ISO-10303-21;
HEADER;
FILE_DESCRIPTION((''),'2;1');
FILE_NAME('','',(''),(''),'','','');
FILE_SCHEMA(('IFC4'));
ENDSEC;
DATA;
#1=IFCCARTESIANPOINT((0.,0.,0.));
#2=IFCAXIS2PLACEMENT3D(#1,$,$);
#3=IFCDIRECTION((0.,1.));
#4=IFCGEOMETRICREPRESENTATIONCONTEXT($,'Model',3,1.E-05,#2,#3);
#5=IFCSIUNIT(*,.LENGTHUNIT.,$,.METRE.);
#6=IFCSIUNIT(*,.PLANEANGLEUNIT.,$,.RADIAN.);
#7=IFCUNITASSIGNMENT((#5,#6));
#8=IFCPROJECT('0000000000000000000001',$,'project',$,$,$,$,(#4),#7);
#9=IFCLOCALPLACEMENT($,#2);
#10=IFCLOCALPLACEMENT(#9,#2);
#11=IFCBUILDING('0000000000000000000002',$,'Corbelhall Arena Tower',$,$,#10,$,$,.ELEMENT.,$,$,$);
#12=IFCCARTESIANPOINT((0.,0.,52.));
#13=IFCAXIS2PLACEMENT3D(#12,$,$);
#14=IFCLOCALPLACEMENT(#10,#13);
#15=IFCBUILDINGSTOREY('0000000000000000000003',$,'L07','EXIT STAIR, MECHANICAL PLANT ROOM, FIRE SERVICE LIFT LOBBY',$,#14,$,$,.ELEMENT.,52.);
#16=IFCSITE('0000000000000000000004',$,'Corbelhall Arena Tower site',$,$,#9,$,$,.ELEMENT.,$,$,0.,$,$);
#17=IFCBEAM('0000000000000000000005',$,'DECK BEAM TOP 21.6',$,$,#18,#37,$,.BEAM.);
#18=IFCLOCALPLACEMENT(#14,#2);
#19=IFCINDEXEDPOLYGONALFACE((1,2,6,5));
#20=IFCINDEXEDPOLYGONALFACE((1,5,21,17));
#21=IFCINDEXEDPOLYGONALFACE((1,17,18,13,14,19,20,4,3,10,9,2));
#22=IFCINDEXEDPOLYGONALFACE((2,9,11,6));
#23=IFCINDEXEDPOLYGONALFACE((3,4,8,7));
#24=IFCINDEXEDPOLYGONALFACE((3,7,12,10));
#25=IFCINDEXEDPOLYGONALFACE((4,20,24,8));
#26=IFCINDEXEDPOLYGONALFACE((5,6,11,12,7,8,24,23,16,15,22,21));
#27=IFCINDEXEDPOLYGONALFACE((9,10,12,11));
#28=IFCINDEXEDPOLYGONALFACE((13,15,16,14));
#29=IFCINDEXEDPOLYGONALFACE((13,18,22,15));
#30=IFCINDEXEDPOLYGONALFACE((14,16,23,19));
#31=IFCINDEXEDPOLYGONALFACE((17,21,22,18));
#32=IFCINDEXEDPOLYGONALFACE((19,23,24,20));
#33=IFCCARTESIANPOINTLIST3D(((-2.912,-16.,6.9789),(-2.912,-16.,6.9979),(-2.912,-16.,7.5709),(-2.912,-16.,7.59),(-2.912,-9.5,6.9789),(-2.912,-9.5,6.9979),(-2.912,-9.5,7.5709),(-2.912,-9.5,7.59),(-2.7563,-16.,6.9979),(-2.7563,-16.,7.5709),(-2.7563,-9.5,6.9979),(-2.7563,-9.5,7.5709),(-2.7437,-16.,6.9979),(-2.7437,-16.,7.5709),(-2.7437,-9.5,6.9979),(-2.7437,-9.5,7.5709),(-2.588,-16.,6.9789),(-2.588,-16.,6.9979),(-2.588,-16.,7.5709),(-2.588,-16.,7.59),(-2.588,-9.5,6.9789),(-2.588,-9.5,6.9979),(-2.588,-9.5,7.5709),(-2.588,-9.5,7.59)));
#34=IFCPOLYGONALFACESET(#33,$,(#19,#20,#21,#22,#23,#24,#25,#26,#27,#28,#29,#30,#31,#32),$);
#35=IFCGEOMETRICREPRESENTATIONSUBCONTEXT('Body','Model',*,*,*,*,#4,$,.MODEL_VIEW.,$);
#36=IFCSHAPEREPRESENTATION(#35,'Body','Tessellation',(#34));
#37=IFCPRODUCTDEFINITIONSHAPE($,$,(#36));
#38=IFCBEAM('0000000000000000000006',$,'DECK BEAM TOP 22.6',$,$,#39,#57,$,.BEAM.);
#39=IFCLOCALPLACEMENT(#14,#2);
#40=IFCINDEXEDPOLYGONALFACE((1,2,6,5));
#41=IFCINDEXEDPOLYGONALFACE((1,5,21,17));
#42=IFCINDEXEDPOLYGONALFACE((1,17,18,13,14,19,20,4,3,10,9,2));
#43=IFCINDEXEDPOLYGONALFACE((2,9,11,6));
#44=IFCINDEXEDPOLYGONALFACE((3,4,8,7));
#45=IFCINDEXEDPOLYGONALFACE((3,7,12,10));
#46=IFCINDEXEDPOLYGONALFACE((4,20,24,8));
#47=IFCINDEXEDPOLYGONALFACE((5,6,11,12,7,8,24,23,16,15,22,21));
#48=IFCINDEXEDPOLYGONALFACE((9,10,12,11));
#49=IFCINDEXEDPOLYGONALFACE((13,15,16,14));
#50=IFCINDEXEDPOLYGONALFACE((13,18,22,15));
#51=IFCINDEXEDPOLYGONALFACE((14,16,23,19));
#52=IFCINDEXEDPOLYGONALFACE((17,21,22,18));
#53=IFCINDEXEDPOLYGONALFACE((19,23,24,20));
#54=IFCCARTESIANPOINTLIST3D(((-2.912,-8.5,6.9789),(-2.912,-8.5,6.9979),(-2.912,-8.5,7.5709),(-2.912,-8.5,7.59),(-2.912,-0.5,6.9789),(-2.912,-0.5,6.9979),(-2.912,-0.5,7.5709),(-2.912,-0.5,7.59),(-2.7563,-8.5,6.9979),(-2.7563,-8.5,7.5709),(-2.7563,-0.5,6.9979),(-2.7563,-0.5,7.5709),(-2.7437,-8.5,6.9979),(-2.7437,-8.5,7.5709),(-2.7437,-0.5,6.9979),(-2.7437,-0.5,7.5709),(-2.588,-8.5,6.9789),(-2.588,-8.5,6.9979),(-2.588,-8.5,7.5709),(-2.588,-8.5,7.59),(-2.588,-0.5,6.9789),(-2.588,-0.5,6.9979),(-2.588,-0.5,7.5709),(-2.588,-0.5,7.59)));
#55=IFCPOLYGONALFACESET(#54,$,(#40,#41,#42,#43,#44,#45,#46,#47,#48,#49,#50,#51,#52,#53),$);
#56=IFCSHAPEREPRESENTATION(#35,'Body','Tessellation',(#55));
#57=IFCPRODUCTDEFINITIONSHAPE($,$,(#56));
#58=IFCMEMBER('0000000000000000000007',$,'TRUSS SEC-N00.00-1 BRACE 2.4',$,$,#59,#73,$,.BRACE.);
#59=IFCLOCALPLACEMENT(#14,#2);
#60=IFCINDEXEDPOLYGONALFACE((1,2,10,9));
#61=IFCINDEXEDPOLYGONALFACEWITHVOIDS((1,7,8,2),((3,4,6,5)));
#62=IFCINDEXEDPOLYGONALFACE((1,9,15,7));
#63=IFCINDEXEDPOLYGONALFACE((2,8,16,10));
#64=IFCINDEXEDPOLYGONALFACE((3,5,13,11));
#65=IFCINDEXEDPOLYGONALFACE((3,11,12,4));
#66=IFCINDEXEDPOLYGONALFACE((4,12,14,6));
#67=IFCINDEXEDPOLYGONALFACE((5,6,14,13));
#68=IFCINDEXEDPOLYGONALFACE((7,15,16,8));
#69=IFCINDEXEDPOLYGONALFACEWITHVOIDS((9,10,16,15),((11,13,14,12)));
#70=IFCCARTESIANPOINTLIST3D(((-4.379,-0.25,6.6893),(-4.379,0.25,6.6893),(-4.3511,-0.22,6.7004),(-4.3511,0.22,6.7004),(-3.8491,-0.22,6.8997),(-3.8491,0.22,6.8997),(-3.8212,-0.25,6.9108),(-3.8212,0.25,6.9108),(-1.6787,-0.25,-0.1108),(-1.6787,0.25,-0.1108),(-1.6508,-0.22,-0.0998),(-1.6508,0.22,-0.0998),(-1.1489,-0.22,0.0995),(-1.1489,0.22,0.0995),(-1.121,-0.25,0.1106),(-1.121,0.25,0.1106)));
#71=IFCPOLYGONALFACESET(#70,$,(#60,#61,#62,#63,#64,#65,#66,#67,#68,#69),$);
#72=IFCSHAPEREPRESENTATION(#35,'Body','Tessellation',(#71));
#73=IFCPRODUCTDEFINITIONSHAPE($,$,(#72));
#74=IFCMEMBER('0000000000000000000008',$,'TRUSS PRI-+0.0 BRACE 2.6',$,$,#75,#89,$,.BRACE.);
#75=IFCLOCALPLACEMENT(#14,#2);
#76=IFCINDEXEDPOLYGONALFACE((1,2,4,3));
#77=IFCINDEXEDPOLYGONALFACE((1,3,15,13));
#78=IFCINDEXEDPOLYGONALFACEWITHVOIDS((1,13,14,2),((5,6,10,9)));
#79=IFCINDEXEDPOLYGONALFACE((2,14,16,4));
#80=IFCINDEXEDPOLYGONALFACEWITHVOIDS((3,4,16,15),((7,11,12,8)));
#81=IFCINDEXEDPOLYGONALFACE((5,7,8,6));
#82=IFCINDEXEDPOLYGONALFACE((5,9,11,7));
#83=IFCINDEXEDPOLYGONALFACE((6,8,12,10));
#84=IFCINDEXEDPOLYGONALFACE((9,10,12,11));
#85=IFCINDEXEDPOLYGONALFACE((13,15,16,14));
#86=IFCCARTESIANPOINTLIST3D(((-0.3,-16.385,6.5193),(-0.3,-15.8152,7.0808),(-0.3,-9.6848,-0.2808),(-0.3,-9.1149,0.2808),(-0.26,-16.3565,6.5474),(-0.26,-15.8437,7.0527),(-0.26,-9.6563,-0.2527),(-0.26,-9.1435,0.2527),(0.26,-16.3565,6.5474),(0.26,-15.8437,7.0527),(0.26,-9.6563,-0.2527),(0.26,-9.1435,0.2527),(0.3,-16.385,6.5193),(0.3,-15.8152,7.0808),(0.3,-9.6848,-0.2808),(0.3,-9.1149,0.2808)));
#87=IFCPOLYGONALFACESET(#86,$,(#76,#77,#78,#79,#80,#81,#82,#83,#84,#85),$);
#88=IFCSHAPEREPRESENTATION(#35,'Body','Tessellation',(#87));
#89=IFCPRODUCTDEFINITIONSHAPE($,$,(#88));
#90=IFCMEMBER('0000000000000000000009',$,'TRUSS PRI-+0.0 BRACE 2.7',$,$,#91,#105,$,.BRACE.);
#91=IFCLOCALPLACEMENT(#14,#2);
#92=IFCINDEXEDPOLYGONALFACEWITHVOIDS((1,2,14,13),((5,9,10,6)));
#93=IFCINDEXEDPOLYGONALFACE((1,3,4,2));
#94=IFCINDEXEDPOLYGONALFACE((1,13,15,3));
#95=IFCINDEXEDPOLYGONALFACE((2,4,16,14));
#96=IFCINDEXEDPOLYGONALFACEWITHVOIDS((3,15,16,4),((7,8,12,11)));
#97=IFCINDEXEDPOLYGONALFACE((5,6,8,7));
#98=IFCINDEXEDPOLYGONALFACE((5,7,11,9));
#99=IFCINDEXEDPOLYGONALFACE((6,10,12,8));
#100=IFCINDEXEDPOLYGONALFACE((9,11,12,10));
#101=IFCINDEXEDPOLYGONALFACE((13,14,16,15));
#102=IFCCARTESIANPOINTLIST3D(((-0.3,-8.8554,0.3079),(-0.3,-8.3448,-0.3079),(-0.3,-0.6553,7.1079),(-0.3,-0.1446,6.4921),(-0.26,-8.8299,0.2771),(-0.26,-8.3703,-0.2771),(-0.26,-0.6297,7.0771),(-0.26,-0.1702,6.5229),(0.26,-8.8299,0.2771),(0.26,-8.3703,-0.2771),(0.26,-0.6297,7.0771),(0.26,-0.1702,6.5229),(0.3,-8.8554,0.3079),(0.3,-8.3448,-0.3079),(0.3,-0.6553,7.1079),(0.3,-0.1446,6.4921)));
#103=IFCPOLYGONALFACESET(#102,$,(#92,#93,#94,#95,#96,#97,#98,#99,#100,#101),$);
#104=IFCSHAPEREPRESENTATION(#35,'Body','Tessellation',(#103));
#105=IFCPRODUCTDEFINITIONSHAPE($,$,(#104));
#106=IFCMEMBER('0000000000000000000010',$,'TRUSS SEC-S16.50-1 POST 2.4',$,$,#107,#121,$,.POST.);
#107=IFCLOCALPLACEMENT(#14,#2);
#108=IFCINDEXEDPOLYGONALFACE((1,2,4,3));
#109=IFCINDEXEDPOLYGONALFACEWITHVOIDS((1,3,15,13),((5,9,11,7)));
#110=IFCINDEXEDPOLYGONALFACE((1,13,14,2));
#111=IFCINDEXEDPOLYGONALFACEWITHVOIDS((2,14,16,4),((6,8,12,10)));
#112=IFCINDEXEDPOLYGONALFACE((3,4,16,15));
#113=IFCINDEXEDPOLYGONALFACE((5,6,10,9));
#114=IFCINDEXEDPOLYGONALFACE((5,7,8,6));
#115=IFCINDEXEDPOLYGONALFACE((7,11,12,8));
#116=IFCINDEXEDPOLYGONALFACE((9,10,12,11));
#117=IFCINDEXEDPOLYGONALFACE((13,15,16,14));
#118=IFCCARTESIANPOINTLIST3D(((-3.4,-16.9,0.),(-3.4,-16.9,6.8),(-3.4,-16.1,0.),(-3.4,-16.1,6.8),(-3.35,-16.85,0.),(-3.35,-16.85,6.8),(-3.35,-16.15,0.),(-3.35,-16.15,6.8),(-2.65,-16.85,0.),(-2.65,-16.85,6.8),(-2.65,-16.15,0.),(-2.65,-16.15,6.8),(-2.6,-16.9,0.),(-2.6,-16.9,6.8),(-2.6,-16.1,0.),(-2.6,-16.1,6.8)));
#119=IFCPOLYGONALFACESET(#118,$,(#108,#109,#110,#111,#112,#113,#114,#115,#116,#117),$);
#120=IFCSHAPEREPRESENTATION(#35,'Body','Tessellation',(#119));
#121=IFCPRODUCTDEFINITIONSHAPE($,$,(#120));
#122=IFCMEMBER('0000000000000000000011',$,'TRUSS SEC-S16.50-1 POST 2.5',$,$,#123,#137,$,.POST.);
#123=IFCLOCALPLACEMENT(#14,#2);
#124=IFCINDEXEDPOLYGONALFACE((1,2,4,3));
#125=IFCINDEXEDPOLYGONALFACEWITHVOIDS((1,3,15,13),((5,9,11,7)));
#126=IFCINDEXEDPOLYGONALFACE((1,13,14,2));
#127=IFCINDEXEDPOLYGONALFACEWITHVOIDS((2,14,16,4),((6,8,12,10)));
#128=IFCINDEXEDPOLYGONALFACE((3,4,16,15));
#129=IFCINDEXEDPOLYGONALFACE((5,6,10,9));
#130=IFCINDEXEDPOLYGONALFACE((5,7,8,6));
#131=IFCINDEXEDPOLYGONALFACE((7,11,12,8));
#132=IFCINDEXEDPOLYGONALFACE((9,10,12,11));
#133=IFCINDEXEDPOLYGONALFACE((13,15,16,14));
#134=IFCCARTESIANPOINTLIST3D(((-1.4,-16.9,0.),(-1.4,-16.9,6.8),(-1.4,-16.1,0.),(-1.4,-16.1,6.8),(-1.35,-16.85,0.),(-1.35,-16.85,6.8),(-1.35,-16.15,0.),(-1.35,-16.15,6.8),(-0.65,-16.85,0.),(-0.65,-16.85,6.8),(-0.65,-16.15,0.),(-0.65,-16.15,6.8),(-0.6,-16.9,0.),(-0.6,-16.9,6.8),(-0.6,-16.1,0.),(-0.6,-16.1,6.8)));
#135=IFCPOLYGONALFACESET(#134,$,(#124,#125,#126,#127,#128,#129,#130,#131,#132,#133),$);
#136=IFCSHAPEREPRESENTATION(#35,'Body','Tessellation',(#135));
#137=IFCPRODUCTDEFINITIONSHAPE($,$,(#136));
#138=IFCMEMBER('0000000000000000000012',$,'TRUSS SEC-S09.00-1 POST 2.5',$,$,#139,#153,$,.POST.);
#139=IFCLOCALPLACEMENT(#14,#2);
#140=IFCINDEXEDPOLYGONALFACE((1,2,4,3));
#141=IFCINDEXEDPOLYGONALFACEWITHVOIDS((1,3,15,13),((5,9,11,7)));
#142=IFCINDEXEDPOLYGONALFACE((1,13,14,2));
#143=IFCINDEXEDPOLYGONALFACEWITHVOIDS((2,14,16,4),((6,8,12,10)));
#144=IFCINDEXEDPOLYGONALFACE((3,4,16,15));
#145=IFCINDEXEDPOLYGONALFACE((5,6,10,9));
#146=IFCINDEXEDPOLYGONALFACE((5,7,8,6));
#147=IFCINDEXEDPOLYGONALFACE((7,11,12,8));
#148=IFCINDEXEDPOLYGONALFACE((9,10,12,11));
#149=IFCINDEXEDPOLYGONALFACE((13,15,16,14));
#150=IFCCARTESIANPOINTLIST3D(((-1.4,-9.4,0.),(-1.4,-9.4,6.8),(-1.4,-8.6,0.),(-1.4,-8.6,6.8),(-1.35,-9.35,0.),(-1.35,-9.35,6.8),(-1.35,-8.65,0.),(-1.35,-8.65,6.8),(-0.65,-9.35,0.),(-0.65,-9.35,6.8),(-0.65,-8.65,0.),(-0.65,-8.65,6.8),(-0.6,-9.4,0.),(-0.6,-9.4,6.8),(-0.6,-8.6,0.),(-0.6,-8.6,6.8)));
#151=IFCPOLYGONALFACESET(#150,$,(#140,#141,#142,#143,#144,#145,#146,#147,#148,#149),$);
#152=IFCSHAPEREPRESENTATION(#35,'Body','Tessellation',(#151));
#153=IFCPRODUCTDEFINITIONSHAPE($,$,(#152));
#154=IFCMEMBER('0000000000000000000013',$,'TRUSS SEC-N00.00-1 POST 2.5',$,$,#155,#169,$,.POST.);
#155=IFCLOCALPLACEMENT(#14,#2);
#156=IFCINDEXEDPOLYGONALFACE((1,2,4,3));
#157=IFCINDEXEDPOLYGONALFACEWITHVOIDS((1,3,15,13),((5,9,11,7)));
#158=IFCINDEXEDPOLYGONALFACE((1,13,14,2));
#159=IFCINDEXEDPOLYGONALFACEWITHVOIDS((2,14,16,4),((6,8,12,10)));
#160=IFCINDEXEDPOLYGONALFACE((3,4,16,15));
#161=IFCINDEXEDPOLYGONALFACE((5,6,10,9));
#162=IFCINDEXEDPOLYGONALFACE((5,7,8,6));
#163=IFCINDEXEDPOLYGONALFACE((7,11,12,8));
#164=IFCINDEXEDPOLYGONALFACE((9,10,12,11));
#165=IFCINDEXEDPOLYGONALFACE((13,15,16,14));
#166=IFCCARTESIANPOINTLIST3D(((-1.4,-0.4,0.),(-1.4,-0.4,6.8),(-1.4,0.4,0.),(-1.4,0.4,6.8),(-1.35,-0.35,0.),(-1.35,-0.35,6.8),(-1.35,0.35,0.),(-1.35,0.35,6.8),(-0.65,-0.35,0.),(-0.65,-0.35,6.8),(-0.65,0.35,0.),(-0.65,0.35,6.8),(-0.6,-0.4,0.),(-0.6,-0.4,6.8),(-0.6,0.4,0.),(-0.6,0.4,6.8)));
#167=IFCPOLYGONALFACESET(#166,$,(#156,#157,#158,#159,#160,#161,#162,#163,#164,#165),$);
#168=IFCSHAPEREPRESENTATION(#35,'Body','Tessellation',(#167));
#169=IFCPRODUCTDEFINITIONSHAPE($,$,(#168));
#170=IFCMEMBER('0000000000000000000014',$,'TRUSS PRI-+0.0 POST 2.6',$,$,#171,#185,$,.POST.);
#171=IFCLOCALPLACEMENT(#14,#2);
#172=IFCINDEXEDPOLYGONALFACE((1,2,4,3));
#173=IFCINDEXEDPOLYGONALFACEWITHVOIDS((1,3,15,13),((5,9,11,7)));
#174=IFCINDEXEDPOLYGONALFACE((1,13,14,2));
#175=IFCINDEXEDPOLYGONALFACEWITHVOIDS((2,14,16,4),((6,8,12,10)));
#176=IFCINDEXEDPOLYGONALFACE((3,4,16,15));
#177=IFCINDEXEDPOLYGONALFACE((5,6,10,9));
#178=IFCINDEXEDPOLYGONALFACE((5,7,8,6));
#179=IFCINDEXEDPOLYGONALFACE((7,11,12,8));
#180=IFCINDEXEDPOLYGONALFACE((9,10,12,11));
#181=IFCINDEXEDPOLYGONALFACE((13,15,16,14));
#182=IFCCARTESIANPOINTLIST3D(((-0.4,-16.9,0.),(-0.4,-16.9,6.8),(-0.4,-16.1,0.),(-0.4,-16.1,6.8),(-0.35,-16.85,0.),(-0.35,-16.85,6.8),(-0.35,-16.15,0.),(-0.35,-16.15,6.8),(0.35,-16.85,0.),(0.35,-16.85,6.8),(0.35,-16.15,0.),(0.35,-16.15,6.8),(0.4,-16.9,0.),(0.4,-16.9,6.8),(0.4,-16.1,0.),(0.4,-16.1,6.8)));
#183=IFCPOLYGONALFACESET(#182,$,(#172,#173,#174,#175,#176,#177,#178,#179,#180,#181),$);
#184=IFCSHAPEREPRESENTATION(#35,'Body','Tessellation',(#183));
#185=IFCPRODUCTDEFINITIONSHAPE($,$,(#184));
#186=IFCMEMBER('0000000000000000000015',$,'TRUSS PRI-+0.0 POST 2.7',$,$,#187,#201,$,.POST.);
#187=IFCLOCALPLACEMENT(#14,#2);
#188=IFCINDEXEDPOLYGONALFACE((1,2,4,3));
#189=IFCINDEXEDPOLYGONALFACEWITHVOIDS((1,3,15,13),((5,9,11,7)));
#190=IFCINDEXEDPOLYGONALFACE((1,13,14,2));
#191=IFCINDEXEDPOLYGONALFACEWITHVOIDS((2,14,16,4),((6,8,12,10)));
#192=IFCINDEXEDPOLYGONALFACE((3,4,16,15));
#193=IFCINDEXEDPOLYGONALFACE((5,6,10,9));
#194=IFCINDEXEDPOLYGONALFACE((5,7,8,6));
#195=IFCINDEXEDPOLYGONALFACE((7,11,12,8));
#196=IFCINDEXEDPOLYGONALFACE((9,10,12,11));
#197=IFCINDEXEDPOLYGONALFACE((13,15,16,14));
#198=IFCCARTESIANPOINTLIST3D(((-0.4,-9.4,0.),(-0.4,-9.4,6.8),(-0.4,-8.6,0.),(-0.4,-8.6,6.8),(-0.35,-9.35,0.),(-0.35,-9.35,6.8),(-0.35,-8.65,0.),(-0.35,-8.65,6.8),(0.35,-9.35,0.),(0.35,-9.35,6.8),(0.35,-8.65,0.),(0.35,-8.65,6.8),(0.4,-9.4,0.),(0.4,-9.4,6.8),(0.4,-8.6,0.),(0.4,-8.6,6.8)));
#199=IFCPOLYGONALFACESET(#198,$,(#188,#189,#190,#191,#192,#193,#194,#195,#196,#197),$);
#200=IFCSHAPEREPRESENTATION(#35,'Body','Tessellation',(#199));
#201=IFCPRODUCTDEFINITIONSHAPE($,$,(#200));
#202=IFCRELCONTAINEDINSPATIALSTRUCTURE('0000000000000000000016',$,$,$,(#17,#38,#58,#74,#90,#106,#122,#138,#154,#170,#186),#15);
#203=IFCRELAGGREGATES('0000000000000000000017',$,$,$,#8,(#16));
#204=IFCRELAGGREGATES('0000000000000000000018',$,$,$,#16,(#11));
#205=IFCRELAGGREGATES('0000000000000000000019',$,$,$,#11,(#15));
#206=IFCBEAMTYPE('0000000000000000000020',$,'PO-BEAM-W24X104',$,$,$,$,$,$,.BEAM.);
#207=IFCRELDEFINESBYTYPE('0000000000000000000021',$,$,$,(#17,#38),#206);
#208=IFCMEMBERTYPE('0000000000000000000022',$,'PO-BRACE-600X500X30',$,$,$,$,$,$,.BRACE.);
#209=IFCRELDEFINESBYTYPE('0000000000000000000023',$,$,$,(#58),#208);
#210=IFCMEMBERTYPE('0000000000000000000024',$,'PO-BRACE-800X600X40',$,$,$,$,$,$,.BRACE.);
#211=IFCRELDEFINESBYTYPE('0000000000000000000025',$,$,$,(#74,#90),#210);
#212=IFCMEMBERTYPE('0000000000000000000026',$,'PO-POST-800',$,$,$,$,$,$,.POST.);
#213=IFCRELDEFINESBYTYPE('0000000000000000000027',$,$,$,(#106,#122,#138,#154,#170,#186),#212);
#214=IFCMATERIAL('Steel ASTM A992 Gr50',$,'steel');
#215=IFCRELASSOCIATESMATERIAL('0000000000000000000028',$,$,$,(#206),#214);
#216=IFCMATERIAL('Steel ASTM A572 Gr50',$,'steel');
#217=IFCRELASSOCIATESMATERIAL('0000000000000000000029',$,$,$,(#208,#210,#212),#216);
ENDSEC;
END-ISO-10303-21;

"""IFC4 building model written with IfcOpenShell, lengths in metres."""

from ifc_helpers import new_model, si_unit, direction, frame, origin, origin_2d, place, context, subcontext, project, spatial, hollow_rectangle, i_section, extrude, material, material_profile, profile_set, type_object, element, save


model = new_model("IFC4")

# Units and contexts
model_context = context("Model", 3, precision=1e-05, world=origin(), true_north=direction((0.0, 1.0)))
body_context = subcontext(model_context, "Body", "Model", "MODEL_VIEW")
ifc_project = project(units=[si_unit("LENGTHUNIT", "METRE"), si_unit("PLANEANGLEUNIT", "RADIAN")], contexts=[model_context])

# Site, building, storey
site_placement = place(None, origin())
site = spatial("IfcSite", under=ifc_project, at=site_placement, Name="Corbelhall Arena Tower site", CompositionType="ELEMENT", RefElevation=0.0)
building_placement = place(site_placement, origin())
building = spatial("IfcBuilding", under=site, at=building_placement, Name="Corbelhall Arena Tower", CompositionType="ELEMENT")
storey_placement = place(building_placement, frame((0.0, 0.0, 52.0)))
storey = spatial("IfcBuildingStorey", under=building, at=storey_placement, Name="L07", Description="EXIT STAIR, MECHANICAL PLANT ROOM, FIRE SERVICE LIFT LOBBY", CompositionType="ELEMENT", Elevation=52.0)

# Beams
ifc_material_1 = material(Name="Steel ASTM A992 Gr50", Category="steel")
ifc_material_profile_1 = material_profile(ifc_material_1, i_section(OverallWidth=0.324, OverallDepth=0.6111, WebThickness=0.0127, FlangeThickness=0.019, at=origin_2d()))
ifc_profile_set_1 = profile_set([ifc_material_profile_1], Name="Steel ASTM A992 Gr50")
beam_type = type_object("IfcBeamType", Name="PO-BEAM-W24X104", PredefinedType="BEAM", material=ifc_profile_set_1)
beam_1_placement = place(storey_placement, frame((-2.75, -16.0, 7.2844), z_axis=(0.0, 1.0, 0.0), x_axis=(-1.0, 0.0, 0.0)))
element("IfcBeam", 1, at=beam_1_placement, inside=storey, type_object=beam_type, Name="DECK BEAM TOP 21.6", PredefinedType="BEAM", context=body_context, shape_type="SweptSolid", body=[
    extrude(i_section(OverallWidth=0.324, OverallDepth=0.6111, WebThickness=0.0127, FlangeThickness=0.019, at=origin_2d()), origin(), (0.0, 0.0, 1.0), 6.5),
])
beam_2_placement = place(storey_placement, frame((-2.75, -8.5, 7.2844), z_axis=(0.0, 1.0, 0.0), x_axis=(-1.0, 0.0, 0.0)))
element("IfcBeam", 2, at=beam_2_placement, inside=storey, type_object=beam_type, Name="DECK BEAM TOP 22.6", PredefinedType="BEAM", context=body_context, shape_type="SweptSolid", body=[
    extrude(i_section(OverallWidth=0.324, OverallDepth=0.6111, WebThickness=0.0127, FlangeThickness=0.019, at=origin_2d()), origin(), (0.0, 0.0, 1.0), 8.0),
])

# Members
ifc_material_2 = material(Name="Steel ASTM A572 Gr50", Category="steel")
ifc_material_profile_2 = material_profile(ifc_material_2, hollow_rectangle(XDim=0.5, YDim=0.6001, WallThickness=0.03, at=origin_2d()))
ifc_profile_set_2 = profile_set([ifc_material_profile_2], Name="Steel ASTM A572 Gr50")
member_type_1 = type_object("IfcMemberType", Name="PO-BRACE-600X500X30", PredefinedType="BRACE", material=ifc_profile_set_2)
member_1_placement = place(storey_placement, frame((-4.1001, 0.0, 6.8), z_axis=(0.369054, 0.0, -0.929408), x_axis=(0.0, 1.0, 0.0)))
element("IfcMember", 3, at=member_1_placement, inside=storey, type_object=member_type_1, Name="TRUSS SEC-N00.00-1 BRACE 2.4", PredefinedType="BRACE", context=body_context, shape_type="SweptSolid", body=[
    extrude(hollow_rectangle(XDim=0.5, YDim=0.6001, WallThickness=0.03, at=origin_2d()), origin(), (0.0, 0.0, 1.0), 7.3167),
])
ifc_material_profile_3 = material_profile(ifc_material_2, hollow_rectangle(XDim=0.6001, YDim=0.8, WallThickness=0.04, at=origin_2d()))
ifc_profile_set_3 = profile_set([ifc_material_profile_3], Name="Steel ASTM A572 Gr50")
member_type_2 = type_object("IfcMemberType", Name="PO-BRACE-800X600X40", PredefinedType="BRACE", material=ifc_profile_set_3)
member_2_placement = place(storey_placement, frame((0.0, -16.1001, 6.8), z_axis=(0.0, 0.701858, -0.712317), x_axis=(-1.0, 0.0, 0.0)))
element("IfcMember", 4, at=member_2_placement, inside=storey, type_object=member_type_2, Name="TRUSS PRI-+0.0 BRACE 2.6", PredefinedType="BRACE", context=body_context, shape_type="SweptSolid", body=[
    extrude(hollow_rectangle(XDim=0.6001, YDim=0.8, WallThickness=0.04, at=origin_2d()), origin(), (0.0, 0.0, 1.0), 9.5464),
])
member_3_placement = place(storey_placement, frame((0.0, -8.6001, 0.0), z_axis=(0.0, 0.769763, 0.63833), x_axis=(-1.0, 0.0, 0.0)))
element("IfcMember", 5, at=member_3_placement, inside=storey, type_object=member_type_2, Name="TRUSS PRI-+0.0 BRACE 2.7", PredefinedType="BRACE", context=body_context, shape_type="SweptSolid", body=[
    extrude(hollow_rectangle(XDim=0.6001, YDim=0.8, WallThickness=0.04, at=origin_2d()), origin(), (0.0, 0.0, 1.0), 10.6528),
])
ifc_material_profile_4 = material_profile(ifc_material_2, hollow_rectangle(XDim=0.8, YDim=0.8, WallThickness=0.05, at=origin_2d()))
ifc_profile_set_4 = profile_set([ifc_material_profile_4], Name="Steel ASTM A572 Gr50")
member_type_3 = type_object("IfcMemberType", Name="PO-POST-800", PredefinedType="POST", material=ifc_profile_set_4)
for number, where, z_axis, x_axis, name in (
    (6, (-3.0, -16.5, 0.0), (0.0, 0.0, 1.0), (1.0, 0.0, 0.0), "TRUSS SEC-S16.50-1 POST 2.4"),
    (7, (-1.0, -16.5, 0.0), (0.0, 0.0, 1.0), (1.0, 0.0, 0.0), "TRUSS SEC-S16.50-1 POST 2.5"),
    (8, (-1.0, -9.0, 0.0), (0.0, 0.0, 1.0), (1.0, 0.0, 0.0), "TRUSS SEC-S09.00-1 POST 2.5"),
    (9, (-1.0, 0.0, 0.0), (0.0, 0.0, 1.0), (1.0, 0.0, 0.0), "TRUSS SEC-N00.00-1 POST 2.5"),
    (10, (0.0, -16.5, 0.0), (0.0, 0.0, 1.0), (1.0, 0.0, 0.0), "TRUSS PRI-+0.0 POST 2.6"),
    (11, (0.0, -9.0, 0.0), (0.0, 0.0, 1.0), (1.0, 0.0, 0.0), "TRUSS PRI-+0.0 POST 2.7"),
):
    element("IfcMember", number, at=place(storey_placement, frame(where, z_axis=z_axis, x_axis=x_axis)), inside=storey, type_object=member_type_3, Name=name, PredefinedType="POST", context=body_context, shape_type="SweptSolid", body=[
        extrude(hollow_rectangle(XDim=0.8, YDim=0.8, WallThickness=0.05, at=origin_2d()), origin(), (0.0, 0.0, 1.0), 6.8),
    ])

save(model, "model.ifc")
